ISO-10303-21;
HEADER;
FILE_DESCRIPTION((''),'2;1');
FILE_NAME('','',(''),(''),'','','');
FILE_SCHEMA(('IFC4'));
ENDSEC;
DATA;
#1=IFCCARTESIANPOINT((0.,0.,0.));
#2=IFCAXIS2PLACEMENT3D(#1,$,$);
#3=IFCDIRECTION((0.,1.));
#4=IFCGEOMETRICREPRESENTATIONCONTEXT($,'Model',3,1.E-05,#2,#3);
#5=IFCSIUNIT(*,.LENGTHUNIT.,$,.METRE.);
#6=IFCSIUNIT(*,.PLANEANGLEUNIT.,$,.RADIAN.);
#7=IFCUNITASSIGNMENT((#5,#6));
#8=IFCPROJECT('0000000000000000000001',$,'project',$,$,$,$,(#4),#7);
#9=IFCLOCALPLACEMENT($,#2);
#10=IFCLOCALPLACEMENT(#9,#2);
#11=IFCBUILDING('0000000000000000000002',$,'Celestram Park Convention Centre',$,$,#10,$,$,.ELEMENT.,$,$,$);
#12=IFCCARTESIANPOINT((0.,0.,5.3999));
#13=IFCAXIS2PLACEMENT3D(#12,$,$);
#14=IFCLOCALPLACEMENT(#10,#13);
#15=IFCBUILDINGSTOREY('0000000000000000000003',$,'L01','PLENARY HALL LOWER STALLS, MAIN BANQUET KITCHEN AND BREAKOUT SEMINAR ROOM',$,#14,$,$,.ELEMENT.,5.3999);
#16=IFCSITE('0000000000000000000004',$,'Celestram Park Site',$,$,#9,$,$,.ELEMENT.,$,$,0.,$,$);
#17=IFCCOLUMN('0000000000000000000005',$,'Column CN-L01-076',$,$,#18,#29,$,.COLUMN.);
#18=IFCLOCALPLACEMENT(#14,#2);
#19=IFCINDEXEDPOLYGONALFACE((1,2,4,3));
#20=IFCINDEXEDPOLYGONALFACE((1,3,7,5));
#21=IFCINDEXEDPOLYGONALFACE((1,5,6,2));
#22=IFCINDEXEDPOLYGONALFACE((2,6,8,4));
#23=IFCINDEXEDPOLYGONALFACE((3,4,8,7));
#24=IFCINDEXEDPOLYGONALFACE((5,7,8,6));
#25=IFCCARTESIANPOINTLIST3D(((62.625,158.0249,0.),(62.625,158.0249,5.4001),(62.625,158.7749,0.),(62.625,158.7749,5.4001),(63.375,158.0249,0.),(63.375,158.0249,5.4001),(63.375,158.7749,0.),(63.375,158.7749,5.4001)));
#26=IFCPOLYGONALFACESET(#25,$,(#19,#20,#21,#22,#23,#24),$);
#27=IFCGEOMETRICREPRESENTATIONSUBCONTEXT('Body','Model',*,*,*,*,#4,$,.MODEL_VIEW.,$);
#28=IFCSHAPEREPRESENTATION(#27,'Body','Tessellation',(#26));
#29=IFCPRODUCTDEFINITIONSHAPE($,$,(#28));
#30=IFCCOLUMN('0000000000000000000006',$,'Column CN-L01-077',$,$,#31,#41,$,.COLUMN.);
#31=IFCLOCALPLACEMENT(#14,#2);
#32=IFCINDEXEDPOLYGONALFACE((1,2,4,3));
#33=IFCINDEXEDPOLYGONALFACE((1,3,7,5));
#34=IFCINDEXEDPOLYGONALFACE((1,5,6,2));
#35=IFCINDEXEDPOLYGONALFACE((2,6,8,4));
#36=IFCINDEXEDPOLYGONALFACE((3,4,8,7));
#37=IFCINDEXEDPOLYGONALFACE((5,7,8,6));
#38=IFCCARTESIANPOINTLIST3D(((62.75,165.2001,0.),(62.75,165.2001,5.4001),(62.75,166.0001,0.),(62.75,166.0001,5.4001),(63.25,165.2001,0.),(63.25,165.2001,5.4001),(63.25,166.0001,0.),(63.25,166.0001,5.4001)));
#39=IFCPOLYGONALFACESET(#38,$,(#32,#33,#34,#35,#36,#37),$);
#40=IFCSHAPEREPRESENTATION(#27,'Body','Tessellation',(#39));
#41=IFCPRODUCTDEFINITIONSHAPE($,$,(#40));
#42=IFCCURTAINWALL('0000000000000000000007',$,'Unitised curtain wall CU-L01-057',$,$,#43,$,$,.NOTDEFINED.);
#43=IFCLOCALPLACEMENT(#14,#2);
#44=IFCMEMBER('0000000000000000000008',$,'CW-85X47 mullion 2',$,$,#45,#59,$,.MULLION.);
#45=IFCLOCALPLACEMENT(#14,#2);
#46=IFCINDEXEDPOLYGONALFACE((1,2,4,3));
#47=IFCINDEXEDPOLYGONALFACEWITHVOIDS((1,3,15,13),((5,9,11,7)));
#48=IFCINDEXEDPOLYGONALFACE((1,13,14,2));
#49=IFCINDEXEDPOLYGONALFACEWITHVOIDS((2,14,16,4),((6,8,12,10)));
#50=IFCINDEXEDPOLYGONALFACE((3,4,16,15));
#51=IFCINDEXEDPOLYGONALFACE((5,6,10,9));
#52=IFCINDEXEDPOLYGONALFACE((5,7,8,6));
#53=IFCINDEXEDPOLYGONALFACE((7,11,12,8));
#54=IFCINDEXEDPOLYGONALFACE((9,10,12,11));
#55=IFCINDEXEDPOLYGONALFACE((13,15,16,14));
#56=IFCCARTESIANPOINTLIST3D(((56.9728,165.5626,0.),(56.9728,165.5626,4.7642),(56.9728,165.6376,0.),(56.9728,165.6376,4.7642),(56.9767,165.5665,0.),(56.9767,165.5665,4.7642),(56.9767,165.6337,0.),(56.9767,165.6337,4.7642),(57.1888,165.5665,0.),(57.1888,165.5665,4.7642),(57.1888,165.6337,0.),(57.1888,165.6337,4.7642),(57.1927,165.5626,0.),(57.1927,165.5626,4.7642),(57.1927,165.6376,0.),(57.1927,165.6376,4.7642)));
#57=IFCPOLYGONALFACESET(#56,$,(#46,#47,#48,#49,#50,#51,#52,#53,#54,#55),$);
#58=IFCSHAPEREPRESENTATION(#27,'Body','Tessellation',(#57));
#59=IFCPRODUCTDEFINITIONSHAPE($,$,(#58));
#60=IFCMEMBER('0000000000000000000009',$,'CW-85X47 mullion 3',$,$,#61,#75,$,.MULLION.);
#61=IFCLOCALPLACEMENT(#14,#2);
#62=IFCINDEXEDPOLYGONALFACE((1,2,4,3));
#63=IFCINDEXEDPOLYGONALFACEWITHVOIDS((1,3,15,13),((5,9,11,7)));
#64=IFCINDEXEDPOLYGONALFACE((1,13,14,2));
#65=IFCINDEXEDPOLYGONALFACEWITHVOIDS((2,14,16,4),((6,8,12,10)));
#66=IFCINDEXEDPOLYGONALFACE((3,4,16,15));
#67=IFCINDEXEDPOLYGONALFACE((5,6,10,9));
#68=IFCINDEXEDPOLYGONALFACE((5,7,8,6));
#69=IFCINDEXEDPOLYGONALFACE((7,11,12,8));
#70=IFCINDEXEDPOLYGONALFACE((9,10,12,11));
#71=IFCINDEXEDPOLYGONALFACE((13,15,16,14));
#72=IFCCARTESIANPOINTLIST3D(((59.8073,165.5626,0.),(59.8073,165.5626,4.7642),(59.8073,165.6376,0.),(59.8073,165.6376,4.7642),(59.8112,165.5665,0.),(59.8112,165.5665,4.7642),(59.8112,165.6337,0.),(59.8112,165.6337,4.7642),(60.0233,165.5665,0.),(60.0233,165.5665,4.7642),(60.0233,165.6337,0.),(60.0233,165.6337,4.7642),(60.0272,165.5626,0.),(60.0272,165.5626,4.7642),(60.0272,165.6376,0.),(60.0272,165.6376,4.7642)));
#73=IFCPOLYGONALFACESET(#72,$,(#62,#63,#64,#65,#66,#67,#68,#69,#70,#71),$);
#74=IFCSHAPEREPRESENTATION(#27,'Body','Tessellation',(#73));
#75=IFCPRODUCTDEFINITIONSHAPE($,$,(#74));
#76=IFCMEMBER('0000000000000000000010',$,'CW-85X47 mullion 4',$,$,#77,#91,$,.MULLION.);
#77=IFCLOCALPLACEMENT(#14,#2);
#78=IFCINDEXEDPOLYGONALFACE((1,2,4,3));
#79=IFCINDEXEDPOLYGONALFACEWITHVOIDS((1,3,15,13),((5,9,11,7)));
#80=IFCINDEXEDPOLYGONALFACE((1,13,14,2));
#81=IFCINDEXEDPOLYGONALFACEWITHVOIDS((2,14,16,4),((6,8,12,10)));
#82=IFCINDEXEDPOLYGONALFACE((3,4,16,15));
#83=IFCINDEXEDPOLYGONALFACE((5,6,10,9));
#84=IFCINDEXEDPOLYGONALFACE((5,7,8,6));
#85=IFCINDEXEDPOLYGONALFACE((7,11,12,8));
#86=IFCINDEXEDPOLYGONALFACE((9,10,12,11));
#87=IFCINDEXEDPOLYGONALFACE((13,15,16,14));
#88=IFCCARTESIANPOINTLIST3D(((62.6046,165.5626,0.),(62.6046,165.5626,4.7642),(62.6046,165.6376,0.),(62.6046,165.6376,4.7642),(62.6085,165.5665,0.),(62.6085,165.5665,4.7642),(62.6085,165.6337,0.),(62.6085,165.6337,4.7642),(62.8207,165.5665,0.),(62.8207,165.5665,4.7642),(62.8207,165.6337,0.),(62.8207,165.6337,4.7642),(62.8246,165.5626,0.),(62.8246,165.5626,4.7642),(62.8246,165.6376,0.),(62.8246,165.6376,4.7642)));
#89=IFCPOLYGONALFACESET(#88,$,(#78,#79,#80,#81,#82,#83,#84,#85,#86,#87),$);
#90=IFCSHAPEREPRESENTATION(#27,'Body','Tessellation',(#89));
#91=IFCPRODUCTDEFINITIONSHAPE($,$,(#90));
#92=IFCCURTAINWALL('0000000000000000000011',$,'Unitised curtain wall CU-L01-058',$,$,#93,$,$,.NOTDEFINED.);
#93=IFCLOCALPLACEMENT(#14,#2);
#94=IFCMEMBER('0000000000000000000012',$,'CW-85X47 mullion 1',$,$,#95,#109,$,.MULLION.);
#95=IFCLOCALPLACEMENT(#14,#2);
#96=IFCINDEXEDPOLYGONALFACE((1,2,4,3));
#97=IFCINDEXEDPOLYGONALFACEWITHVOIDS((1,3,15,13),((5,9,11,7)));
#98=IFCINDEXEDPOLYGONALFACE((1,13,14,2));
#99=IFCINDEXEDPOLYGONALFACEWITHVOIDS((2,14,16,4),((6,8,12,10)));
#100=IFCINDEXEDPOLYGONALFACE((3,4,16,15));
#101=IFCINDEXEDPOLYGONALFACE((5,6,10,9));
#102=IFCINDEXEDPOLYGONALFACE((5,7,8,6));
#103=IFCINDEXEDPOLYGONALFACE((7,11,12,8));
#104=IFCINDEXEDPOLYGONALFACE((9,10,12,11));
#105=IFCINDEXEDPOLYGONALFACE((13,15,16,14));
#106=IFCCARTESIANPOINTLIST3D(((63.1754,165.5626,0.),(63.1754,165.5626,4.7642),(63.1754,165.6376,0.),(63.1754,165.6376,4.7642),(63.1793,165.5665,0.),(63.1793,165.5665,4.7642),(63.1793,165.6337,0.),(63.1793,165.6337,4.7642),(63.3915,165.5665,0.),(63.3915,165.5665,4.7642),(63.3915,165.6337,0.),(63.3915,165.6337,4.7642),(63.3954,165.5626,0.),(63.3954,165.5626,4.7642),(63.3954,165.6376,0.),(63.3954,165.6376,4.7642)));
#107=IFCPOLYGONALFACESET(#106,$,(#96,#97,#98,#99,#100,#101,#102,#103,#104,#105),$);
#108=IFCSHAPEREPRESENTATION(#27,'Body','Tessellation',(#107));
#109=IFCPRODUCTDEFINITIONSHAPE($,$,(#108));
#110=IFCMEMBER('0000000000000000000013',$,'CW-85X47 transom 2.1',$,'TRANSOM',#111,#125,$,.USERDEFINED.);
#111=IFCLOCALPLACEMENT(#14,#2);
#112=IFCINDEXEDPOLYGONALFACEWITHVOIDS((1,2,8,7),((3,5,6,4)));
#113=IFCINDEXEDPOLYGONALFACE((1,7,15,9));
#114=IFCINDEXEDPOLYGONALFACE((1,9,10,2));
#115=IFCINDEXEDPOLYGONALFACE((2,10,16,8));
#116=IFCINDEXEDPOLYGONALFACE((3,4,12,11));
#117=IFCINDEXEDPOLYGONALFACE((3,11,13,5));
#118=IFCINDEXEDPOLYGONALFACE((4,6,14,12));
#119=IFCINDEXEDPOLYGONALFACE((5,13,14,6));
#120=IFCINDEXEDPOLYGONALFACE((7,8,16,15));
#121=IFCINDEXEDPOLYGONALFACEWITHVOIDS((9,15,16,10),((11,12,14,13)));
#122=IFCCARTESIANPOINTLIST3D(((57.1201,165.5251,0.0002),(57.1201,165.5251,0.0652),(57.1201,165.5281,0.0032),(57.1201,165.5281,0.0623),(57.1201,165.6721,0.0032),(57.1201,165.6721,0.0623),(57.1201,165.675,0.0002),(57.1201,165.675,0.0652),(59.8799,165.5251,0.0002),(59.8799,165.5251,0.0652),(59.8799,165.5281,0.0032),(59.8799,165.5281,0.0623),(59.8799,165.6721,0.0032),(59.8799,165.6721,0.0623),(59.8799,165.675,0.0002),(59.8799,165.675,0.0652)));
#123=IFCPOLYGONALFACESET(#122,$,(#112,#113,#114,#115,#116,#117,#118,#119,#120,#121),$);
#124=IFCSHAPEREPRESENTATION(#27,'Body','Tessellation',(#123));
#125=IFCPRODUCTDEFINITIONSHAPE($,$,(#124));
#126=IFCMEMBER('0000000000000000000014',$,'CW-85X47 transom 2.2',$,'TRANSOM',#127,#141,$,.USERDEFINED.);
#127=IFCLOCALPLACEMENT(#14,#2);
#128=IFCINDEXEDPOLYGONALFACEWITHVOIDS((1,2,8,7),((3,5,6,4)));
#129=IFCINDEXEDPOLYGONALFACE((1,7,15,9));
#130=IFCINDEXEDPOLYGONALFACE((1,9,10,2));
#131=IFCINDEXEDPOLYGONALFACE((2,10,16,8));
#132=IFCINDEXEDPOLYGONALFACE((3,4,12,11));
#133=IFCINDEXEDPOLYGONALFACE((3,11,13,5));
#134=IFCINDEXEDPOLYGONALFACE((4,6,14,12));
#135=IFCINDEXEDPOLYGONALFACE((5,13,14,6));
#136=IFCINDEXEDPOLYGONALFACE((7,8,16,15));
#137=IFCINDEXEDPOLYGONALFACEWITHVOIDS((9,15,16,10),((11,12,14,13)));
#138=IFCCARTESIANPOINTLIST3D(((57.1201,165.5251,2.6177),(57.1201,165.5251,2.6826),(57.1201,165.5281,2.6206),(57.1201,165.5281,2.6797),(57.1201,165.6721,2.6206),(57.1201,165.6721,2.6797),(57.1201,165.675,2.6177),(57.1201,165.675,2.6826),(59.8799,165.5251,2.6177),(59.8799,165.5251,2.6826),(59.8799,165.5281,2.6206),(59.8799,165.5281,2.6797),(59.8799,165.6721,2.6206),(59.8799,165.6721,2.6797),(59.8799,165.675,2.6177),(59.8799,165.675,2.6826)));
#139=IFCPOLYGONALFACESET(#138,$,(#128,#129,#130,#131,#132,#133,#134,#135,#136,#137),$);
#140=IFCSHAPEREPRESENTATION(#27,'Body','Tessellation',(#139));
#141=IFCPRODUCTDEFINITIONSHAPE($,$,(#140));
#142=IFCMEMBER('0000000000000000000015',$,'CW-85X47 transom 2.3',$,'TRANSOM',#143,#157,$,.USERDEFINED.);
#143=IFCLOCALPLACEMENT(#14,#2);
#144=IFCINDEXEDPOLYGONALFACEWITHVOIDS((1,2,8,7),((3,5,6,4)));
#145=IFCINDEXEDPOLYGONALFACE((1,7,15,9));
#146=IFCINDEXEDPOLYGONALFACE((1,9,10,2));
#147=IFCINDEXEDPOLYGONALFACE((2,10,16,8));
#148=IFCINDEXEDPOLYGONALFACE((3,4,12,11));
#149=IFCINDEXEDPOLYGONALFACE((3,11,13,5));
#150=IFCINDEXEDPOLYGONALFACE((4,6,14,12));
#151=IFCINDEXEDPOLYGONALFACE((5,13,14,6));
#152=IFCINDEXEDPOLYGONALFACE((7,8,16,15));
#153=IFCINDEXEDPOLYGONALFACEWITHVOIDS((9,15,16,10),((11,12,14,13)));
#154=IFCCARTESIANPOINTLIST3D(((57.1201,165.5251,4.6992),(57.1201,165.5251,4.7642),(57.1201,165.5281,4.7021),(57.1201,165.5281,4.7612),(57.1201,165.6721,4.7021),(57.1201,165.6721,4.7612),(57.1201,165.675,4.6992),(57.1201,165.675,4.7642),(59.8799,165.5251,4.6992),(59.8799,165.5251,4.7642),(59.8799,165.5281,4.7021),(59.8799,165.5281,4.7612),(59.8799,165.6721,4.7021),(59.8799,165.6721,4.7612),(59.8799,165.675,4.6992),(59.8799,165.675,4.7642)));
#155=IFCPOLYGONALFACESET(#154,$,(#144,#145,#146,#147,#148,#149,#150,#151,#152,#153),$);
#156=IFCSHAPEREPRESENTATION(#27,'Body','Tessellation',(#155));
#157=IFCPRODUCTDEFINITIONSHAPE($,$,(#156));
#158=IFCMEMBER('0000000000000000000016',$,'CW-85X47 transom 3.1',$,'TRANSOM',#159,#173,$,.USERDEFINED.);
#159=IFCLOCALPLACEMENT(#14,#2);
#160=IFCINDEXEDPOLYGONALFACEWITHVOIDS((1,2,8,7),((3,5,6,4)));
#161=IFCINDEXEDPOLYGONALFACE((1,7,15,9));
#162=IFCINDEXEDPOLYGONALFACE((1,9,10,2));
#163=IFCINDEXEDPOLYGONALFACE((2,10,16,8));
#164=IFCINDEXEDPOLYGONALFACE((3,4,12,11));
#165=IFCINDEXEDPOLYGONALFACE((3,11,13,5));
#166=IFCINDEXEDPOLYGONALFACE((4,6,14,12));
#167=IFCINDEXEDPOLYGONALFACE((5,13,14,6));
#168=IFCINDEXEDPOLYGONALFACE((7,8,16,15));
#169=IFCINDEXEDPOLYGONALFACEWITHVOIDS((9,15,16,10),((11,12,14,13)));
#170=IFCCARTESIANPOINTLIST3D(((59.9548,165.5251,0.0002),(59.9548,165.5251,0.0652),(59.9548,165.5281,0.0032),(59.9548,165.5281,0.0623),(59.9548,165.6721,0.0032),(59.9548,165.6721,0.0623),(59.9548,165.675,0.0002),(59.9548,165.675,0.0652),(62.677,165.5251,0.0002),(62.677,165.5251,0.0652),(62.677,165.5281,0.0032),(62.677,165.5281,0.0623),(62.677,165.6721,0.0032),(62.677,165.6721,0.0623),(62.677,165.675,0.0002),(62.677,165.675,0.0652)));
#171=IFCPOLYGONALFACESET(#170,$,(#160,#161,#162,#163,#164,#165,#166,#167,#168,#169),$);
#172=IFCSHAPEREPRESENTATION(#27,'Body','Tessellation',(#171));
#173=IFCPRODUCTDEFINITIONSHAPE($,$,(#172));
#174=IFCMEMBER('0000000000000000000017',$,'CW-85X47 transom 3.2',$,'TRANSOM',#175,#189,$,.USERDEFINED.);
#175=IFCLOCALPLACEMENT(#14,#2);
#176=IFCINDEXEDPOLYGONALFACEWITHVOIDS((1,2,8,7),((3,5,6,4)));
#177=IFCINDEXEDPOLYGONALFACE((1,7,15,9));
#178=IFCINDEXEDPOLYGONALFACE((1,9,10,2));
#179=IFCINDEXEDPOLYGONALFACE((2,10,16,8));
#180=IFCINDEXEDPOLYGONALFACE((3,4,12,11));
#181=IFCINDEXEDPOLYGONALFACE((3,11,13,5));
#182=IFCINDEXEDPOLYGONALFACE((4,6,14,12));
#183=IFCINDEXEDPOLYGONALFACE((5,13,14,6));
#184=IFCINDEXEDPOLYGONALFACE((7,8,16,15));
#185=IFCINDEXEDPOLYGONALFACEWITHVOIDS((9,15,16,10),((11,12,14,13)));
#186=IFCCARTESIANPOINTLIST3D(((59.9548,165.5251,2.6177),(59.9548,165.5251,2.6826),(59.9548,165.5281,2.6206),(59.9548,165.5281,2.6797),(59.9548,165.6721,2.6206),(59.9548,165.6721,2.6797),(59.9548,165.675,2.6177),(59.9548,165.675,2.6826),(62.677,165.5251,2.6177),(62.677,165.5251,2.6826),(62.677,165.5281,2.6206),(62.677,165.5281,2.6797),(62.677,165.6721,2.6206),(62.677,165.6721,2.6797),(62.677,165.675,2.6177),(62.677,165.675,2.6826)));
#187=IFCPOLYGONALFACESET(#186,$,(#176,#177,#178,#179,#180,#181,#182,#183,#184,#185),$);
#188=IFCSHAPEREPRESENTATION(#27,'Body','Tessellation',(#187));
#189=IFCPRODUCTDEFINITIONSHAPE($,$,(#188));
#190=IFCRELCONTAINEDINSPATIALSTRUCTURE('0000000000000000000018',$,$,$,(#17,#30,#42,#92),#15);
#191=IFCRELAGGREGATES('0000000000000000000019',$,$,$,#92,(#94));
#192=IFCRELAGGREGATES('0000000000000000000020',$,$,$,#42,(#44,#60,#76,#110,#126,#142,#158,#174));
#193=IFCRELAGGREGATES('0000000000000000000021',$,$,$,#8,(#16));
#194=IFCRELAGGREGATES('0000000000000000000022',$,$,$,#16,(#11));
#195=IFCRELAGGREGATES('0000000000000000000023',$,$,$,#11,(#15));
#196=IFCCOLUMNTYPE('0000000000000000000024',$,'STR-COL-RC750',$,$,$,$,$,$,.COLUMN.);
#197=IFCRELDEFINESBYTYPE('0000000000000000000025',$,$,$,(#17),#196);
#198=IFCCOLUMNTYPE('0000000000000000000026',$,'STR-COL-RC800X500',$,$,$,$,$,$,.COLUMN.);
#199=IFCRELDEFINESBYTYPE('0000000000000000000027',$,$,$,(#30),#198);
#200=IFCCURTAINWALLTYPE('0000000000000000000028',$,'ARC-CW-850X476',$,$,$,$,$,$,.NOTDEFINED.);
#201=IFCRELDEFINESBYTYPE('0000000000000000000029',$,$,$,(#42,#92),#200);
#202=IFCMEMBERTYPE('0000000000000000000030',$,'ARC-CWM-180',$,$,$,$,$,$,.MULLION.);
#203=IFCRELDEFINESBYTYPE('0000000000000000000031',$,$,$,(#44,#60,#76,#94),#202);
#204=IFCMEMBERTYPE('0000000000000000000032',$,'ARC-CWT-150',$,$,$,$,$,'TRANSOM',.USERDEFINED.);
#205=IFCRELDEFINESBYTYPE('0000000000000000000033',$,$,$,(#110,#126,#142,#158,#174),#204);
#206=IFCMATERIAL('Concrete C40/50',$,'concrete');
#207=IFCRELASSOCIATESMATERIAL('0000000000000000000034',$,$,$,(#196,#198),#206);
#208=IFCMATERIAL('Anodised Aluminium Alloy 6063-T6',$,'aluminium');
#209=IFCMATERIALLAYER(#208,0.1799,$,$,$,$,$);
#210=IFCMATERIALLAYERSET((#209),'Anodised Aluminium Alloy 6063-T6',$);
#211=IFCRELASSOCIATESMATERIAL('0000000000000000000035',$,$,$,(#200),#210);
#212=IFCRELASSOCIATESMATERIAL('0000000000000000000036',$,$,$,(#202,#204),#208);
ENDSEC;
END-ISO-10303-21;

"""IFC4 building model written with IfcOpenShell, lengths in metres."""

from ifc_helpers import new_model, si_unit, direction, frame, origin, origin_2d, place, context, subcontext, project, spatial, rectangle, hollow_rectangle, extrude, material, layer, layer_set, material_profile, profile_set, type_object, element, aggregate, save


model = new_model("IFC4")

# Units and contexts
model_context = context("Model", 3, precision=1e-05, world=origin(), true_north=direction((0.0, 1.0)))
body_context = subcontext(model_context, "Body", "Model", "MODEL_VIEW")
ifc_project = project(units=[si_unit("LENGTHUNIT", "METRE"), si_unit("PLANEANGLEUNIT", "RADIAN")], contexts=[model_context])

# Site, building, storey
site_placement = place(None, origin())
site = spatial("IfcSite", under=ifc_project, at=site_placement, Name="Celestram Park Site", CompositionType="ELEMENT", RefElevation=0.0)
building_placement = place(site_placement, origin())
building = spatial("IfcBuilding", under=site, at=building_placement, Name="Celestram Park Convention Centre", CompositionType="ELEMENT")
storey_placement = place(building_placement, frame((0.0, 0.0, 5.3999)))
storey = spatial("IfcBuildingStorey", under=building, at=storey_placement, Name="L01", Description="PLENARY HALL LOWER STALLS, MAIN BANQUET KITCHEN AND BREAKOUT SEMINAR ROOM", CompositionType="ELEMENT", Elevation=5.3999)

# Columns
ifc_material_1 = material(Name="Concrete C40/50", Category="concrete")
ifc_material_profile_1 = material_profile(ifc_material_1, rectangle(XDim=0.75, YDim=0.75, at=origin_2d()), Name="RC750X750")
ifc_profile_set_1 = profile_set([ifc_material_profile_1], Name="Concrete C40/50")
column_type_1 = type_object("IfcColumnType", Name="STR-COL-RC750", PredefinedType="COLUMN", material=ifc_profile_set_1)
column_1_placement = place(storey_placement, frame((63.0, 158.3999, 0.0), z_axis=(0.0, 0.0, 1.0), x_axis=(1.0, 0.0, 0.0)))
element("IfcColumn", 1, at=column_1_placement, inside=storey, type_object=column_type_1, Name="Column CN-L01-076", PredefinedType="COLUMN", context=body_context, shape_type="SweptSolid", body=[
    extrude(rectangle(XDim=0.75, YDim=0.75, at=origin_2d()), origin(), (0.0, 0.0, 1.0), 5.4001),
])
ifc_material_profile_2 = material_profile(ifc_material_1, rectangle(XDim=0.5, YDim=0.8, at=origin_2d()), Name="RC800X500")
ifc_profile_set_2 = profile_set([ifc_material_profile_2], Name="Concrete C40/50")
column_type_2 = type_object("IfcColumnType", Name="STR-COL-RC800X500", PredefinedType="COLUMN", material=ifc_profile_set_2)
column_2_placement = place(storey_placement, frame((63.0, 165.6001, 0.0), z_axis=(0.0, 0.0, 1.0), x_axis=(1.0, 0.0, 0.0)))
element("IfcColumn", 2, at=column_2_placement, inside=storey, type_object=column_type_2, Name="Column CN-L01-077", PredefinedType="COLUMN", context=body_context, shape_type="SweptSolid", body=[
    extrude(rectangle(XDim=0.5, YDim=0.8, at=origin_2d()), origin(), (0.0, 0.0, 1.0), 5.4001),
])

# Curtain wall, members
ifc_material_2 = material(Name="Anodised Aluminium Alloy 6063-T6", Category="aluminium")
ifc_layer_1 = layer(ifc_material_2, 0.1799)
ifc_layer_set_1 = layer_set([ifc_layer_1], Name="Anodised Aluminium Alloy 6063-T6")
curtain_wall_type = type_object("IfcCurtainWallType", Name="ARC-CW-850X476", PredefinedType="NOTDEFINED", material=ifc_layer_set_1)
curtain_wall_1_placement = place(storey_placement, origin())
curtain_wall_1 = element("IfcCurtainWall", 3, at=curtain_wall_1_placement, inside=storey, type_object=curtain_wall_type, Name="Unitised curtain wall CU-L01-057", PredefinedType="NOTDEFINED")
ifc_material_profile_3 = material_profile(ifc_material_2, hollow_rectangle(XDim=0.075, YDim=0.22, WallThickness=0.0039, at=origin_2d()), Name="ALU75X220X4")
ifc_profile_set_3 = profile_set([ifc_material_profile_3], Name="Anodised Aluminium Alloy 6063-T6")
member_type_1 = type_object("IfcMemberType", Name="ARC-CWM-180", PredefinedType="MULLION", material=ifc_profile_set_3)
member_1_placement = place(storey_placement, frame((57.0828, 165.6001, 0.0), z_axis=(0.0, 0.0, 1.0), x_axis=(0.0, 1.0, 0.0)))
member_1 = element("IfcMember", 4, at=member_1_placement, type_object=member_type_1, Name="CW-85X47 mullion 2", PredefinedType="MULLION", context=body_context, shape_type="SweptSolid", body=[
    extrude(hollow_rectangle(XDim=0.075, YDim=0.22, WallThickness=0.0039, at=origin_2d()), origin(), (0.0, 0.0, 1.0), 4.7642),
])
member_2_placement = place(storey_placement, frame((59.9172, 165.6001, 0.0), z_axis=(0.0, 0.0, 1.0), x_axis=(0.0, 1.0, 0.0)))
member_2 = element("IfcMember", 5, at=member_2_placement, type_object=member_type_1, Name="CW-85X47 mullion 3", PredefinedType="MULLION", context=body_context, shape_type="SweptSolid", body=[
    extrude(hollow_rectangle(XDim=0.075, YDim=0.22, WallThickness=0.0039, at=origin_2d()), origin(), (0.0, 0.0, 1.0), 4.7642),
])
member_3_placement = place(storey_placement, frame((62.7146, 165.6001, 0.0), z_axis=(0.0, 0.0, 1.0), x_axis=(0.0, 1.0, 0.0)))
member_3 = element("IfcMember", 6, at=member_3_placement, type_object=member_type_1, Name="CW-85X47 mullion 4", PredefinedType="MULLION", context=body_context, shape_type="SweptSolid", body=[
    extrude(hollow_rectangle(XDim=0.075, YDim=0.22, WallThickness=0.0039, at=origin_2d()), origin(), (0.0, 0.0, 1.0), 4.7642),
])

# Curtain wall, member
curtain_wall_2_placement = place(storey_placement, origin())
curtain_wall_2 = element("IfcCurtainWall", 7, at=curtain_wall_2_placement, inside=storey, type_object=curtain_wall_type, Name="Unitised curtain wall CU-L01-058", PredefinedType="NOTDEFINED")
member_4_placement = place(storey_placement, frame((63.2854, 165.6001, 0.0), z_axis=(0.0, 0.0, 1.0), x_axis=(0.0, 1.0, 0.0)))
member_4 = element("IfcMember", 8, at=member_4_placement, type_object=member_type_1, Name="CW-85X47 mullion 1", PredefinedType="MULLION", context=body_context, shape_type="SweptSolid", body=[
    extrude(hollow_rectangle(XDim=0.075, YDim=0.22, WallThickness=0.0039, at=origin_2d()), origin(), (0.0, 0.0, 1.0), 4.7642),
])

# Members
ifc_material_profile_4 = material_profile(ifc_material_2, hollow_rectangle(XDim=0.1499, YDim=0.0649, WallThickness=0.0029, at=origin_2d()), Name="ALU150X65X3")
ifc_profile_set_4 = profile_set([ifc_material_profile_4], Name="Anodised Aluminium Alloy 6063-T6")
member_type_2 = type_object("IfcMemberType", Name="ARC-CWT-150", ElementType="TRANSOM", PredefinedType="USERDEFINED", material=ifc_profile_set_4)
member_5_placement = place(storey_placement, frame((57.1201, 165.6001, 0.0327), z_axis=(1.0, 0.0, 0.0), x_axis=(0.0, 1.0, 0.0)))
member_5 = element("IfcMember", 9, at=member_5_placement, type_object=member_type_2, Name="CW-85X47 transom 2.1", ObjectType="TRANSOM", PredefinedType="USERDEFINED", context=body_context, shape_type="SweptSolid", body=[
    extrude(hollow_rectangle(XDim=0.1499, YDim=0.0649, WallThickness=0.0029, at=origin_2d()), origin(), (0.0, 0.0, 1.0), 2.7598),
])
member_6_placement = place(storey_placement, frame((57.1201, 165.6001, 2.6501), z_axis=(1.0, 0.0, 0.0), x_axis=(0.0, 1.0, 0.0)))
member_6 = element("IfcMember", 10, at=member_6_placement, type_object=member_type_2, Name="CW-85X47 transom 2.2", ObjectType="TRANSOM", PredefinedType="USERDEFINED", context=body_context, shape_type="SweptSolid", body=[
    extrude(hollow_rectangle(XDim=0.1499, YDim=0.0649, WallThickness=0.0029, at=origin_2d()), origin(), (0.0, 0.0, 1.0), 2.7598),
])
member_7_placement = place(storey_placement, frame((57.1201, 165.6001, 4.7317), z_axis=(1.0, 0.0, 0.0), x_axis=(0.0, 1.0, 0.0)))
member_7 = element("IfcMember", 11, at=member_7_placement, type_object=member_type_2, Name="CW-85X47 transom 2.3", ObjectType="TRANSOM", PredefinedType="USERDEFINED", context=body_context, shape_type="SweptSolid", body=[
    extrude(hollow_rectangle(XDim=0.1499, YDim=0.0649, WallThickness=0.0029, at=origin_2d()), origin(), (0.0, 0.0, 1.0), 2.7598),
])
member_8_placement = place(storey_placement, frame((59.9548, 165.6001, 0.0327), z_axis=(1.0, 0.0, 0.0), x_axis=(0.0, 1.0, 0.0)))
member_8 = element("IfcMember", 12, at=member_8_placement, type_object=member_type_2, Name="CW-85X47 transom 3.1", ObjectType="TRANSOM", PredefinedType="USERDEFINED", context=body_context, shape_type="SweptSolid", body=[
    extrude(hollow_rectangle(XDim=0.1499, YDim=0.0649, WallThickness=0.0029, at=origin_2d()), origin(), (0.0, 0.0, 1.0), 2.7222),
])
member_9_placement = place(storey_placement, frame((59.9548, 165.6001, 2.6501), z_axis=(1.0, 0.0, 0.0), x_axis=(0.0, 1.0, 0.0)))
member_9 = element("IfcMember", 13, at=member_9_placement, type_object=member_type_2, Name="CW-85X47 transom 3.2", ObjectType="TRANSOM", PredefinedType="USERDEFINED", context=body_context, shape_type="SweptSolid", body=[
    extrude(hollow_rectangle(XDim=0.1499, YDim=0.0649, WallThickness=0.0029, at=origin_2d()), origin(), (0.0, 0.0, 1.0), 2.7222),
])
aggregate(curtain_wall_2, [member_4])

aggregate(curtain_wall_1, [member_1, member_2, member_3, member_5, member_6, member_7, member_8, member_9])

save(model, "model.ifc")
